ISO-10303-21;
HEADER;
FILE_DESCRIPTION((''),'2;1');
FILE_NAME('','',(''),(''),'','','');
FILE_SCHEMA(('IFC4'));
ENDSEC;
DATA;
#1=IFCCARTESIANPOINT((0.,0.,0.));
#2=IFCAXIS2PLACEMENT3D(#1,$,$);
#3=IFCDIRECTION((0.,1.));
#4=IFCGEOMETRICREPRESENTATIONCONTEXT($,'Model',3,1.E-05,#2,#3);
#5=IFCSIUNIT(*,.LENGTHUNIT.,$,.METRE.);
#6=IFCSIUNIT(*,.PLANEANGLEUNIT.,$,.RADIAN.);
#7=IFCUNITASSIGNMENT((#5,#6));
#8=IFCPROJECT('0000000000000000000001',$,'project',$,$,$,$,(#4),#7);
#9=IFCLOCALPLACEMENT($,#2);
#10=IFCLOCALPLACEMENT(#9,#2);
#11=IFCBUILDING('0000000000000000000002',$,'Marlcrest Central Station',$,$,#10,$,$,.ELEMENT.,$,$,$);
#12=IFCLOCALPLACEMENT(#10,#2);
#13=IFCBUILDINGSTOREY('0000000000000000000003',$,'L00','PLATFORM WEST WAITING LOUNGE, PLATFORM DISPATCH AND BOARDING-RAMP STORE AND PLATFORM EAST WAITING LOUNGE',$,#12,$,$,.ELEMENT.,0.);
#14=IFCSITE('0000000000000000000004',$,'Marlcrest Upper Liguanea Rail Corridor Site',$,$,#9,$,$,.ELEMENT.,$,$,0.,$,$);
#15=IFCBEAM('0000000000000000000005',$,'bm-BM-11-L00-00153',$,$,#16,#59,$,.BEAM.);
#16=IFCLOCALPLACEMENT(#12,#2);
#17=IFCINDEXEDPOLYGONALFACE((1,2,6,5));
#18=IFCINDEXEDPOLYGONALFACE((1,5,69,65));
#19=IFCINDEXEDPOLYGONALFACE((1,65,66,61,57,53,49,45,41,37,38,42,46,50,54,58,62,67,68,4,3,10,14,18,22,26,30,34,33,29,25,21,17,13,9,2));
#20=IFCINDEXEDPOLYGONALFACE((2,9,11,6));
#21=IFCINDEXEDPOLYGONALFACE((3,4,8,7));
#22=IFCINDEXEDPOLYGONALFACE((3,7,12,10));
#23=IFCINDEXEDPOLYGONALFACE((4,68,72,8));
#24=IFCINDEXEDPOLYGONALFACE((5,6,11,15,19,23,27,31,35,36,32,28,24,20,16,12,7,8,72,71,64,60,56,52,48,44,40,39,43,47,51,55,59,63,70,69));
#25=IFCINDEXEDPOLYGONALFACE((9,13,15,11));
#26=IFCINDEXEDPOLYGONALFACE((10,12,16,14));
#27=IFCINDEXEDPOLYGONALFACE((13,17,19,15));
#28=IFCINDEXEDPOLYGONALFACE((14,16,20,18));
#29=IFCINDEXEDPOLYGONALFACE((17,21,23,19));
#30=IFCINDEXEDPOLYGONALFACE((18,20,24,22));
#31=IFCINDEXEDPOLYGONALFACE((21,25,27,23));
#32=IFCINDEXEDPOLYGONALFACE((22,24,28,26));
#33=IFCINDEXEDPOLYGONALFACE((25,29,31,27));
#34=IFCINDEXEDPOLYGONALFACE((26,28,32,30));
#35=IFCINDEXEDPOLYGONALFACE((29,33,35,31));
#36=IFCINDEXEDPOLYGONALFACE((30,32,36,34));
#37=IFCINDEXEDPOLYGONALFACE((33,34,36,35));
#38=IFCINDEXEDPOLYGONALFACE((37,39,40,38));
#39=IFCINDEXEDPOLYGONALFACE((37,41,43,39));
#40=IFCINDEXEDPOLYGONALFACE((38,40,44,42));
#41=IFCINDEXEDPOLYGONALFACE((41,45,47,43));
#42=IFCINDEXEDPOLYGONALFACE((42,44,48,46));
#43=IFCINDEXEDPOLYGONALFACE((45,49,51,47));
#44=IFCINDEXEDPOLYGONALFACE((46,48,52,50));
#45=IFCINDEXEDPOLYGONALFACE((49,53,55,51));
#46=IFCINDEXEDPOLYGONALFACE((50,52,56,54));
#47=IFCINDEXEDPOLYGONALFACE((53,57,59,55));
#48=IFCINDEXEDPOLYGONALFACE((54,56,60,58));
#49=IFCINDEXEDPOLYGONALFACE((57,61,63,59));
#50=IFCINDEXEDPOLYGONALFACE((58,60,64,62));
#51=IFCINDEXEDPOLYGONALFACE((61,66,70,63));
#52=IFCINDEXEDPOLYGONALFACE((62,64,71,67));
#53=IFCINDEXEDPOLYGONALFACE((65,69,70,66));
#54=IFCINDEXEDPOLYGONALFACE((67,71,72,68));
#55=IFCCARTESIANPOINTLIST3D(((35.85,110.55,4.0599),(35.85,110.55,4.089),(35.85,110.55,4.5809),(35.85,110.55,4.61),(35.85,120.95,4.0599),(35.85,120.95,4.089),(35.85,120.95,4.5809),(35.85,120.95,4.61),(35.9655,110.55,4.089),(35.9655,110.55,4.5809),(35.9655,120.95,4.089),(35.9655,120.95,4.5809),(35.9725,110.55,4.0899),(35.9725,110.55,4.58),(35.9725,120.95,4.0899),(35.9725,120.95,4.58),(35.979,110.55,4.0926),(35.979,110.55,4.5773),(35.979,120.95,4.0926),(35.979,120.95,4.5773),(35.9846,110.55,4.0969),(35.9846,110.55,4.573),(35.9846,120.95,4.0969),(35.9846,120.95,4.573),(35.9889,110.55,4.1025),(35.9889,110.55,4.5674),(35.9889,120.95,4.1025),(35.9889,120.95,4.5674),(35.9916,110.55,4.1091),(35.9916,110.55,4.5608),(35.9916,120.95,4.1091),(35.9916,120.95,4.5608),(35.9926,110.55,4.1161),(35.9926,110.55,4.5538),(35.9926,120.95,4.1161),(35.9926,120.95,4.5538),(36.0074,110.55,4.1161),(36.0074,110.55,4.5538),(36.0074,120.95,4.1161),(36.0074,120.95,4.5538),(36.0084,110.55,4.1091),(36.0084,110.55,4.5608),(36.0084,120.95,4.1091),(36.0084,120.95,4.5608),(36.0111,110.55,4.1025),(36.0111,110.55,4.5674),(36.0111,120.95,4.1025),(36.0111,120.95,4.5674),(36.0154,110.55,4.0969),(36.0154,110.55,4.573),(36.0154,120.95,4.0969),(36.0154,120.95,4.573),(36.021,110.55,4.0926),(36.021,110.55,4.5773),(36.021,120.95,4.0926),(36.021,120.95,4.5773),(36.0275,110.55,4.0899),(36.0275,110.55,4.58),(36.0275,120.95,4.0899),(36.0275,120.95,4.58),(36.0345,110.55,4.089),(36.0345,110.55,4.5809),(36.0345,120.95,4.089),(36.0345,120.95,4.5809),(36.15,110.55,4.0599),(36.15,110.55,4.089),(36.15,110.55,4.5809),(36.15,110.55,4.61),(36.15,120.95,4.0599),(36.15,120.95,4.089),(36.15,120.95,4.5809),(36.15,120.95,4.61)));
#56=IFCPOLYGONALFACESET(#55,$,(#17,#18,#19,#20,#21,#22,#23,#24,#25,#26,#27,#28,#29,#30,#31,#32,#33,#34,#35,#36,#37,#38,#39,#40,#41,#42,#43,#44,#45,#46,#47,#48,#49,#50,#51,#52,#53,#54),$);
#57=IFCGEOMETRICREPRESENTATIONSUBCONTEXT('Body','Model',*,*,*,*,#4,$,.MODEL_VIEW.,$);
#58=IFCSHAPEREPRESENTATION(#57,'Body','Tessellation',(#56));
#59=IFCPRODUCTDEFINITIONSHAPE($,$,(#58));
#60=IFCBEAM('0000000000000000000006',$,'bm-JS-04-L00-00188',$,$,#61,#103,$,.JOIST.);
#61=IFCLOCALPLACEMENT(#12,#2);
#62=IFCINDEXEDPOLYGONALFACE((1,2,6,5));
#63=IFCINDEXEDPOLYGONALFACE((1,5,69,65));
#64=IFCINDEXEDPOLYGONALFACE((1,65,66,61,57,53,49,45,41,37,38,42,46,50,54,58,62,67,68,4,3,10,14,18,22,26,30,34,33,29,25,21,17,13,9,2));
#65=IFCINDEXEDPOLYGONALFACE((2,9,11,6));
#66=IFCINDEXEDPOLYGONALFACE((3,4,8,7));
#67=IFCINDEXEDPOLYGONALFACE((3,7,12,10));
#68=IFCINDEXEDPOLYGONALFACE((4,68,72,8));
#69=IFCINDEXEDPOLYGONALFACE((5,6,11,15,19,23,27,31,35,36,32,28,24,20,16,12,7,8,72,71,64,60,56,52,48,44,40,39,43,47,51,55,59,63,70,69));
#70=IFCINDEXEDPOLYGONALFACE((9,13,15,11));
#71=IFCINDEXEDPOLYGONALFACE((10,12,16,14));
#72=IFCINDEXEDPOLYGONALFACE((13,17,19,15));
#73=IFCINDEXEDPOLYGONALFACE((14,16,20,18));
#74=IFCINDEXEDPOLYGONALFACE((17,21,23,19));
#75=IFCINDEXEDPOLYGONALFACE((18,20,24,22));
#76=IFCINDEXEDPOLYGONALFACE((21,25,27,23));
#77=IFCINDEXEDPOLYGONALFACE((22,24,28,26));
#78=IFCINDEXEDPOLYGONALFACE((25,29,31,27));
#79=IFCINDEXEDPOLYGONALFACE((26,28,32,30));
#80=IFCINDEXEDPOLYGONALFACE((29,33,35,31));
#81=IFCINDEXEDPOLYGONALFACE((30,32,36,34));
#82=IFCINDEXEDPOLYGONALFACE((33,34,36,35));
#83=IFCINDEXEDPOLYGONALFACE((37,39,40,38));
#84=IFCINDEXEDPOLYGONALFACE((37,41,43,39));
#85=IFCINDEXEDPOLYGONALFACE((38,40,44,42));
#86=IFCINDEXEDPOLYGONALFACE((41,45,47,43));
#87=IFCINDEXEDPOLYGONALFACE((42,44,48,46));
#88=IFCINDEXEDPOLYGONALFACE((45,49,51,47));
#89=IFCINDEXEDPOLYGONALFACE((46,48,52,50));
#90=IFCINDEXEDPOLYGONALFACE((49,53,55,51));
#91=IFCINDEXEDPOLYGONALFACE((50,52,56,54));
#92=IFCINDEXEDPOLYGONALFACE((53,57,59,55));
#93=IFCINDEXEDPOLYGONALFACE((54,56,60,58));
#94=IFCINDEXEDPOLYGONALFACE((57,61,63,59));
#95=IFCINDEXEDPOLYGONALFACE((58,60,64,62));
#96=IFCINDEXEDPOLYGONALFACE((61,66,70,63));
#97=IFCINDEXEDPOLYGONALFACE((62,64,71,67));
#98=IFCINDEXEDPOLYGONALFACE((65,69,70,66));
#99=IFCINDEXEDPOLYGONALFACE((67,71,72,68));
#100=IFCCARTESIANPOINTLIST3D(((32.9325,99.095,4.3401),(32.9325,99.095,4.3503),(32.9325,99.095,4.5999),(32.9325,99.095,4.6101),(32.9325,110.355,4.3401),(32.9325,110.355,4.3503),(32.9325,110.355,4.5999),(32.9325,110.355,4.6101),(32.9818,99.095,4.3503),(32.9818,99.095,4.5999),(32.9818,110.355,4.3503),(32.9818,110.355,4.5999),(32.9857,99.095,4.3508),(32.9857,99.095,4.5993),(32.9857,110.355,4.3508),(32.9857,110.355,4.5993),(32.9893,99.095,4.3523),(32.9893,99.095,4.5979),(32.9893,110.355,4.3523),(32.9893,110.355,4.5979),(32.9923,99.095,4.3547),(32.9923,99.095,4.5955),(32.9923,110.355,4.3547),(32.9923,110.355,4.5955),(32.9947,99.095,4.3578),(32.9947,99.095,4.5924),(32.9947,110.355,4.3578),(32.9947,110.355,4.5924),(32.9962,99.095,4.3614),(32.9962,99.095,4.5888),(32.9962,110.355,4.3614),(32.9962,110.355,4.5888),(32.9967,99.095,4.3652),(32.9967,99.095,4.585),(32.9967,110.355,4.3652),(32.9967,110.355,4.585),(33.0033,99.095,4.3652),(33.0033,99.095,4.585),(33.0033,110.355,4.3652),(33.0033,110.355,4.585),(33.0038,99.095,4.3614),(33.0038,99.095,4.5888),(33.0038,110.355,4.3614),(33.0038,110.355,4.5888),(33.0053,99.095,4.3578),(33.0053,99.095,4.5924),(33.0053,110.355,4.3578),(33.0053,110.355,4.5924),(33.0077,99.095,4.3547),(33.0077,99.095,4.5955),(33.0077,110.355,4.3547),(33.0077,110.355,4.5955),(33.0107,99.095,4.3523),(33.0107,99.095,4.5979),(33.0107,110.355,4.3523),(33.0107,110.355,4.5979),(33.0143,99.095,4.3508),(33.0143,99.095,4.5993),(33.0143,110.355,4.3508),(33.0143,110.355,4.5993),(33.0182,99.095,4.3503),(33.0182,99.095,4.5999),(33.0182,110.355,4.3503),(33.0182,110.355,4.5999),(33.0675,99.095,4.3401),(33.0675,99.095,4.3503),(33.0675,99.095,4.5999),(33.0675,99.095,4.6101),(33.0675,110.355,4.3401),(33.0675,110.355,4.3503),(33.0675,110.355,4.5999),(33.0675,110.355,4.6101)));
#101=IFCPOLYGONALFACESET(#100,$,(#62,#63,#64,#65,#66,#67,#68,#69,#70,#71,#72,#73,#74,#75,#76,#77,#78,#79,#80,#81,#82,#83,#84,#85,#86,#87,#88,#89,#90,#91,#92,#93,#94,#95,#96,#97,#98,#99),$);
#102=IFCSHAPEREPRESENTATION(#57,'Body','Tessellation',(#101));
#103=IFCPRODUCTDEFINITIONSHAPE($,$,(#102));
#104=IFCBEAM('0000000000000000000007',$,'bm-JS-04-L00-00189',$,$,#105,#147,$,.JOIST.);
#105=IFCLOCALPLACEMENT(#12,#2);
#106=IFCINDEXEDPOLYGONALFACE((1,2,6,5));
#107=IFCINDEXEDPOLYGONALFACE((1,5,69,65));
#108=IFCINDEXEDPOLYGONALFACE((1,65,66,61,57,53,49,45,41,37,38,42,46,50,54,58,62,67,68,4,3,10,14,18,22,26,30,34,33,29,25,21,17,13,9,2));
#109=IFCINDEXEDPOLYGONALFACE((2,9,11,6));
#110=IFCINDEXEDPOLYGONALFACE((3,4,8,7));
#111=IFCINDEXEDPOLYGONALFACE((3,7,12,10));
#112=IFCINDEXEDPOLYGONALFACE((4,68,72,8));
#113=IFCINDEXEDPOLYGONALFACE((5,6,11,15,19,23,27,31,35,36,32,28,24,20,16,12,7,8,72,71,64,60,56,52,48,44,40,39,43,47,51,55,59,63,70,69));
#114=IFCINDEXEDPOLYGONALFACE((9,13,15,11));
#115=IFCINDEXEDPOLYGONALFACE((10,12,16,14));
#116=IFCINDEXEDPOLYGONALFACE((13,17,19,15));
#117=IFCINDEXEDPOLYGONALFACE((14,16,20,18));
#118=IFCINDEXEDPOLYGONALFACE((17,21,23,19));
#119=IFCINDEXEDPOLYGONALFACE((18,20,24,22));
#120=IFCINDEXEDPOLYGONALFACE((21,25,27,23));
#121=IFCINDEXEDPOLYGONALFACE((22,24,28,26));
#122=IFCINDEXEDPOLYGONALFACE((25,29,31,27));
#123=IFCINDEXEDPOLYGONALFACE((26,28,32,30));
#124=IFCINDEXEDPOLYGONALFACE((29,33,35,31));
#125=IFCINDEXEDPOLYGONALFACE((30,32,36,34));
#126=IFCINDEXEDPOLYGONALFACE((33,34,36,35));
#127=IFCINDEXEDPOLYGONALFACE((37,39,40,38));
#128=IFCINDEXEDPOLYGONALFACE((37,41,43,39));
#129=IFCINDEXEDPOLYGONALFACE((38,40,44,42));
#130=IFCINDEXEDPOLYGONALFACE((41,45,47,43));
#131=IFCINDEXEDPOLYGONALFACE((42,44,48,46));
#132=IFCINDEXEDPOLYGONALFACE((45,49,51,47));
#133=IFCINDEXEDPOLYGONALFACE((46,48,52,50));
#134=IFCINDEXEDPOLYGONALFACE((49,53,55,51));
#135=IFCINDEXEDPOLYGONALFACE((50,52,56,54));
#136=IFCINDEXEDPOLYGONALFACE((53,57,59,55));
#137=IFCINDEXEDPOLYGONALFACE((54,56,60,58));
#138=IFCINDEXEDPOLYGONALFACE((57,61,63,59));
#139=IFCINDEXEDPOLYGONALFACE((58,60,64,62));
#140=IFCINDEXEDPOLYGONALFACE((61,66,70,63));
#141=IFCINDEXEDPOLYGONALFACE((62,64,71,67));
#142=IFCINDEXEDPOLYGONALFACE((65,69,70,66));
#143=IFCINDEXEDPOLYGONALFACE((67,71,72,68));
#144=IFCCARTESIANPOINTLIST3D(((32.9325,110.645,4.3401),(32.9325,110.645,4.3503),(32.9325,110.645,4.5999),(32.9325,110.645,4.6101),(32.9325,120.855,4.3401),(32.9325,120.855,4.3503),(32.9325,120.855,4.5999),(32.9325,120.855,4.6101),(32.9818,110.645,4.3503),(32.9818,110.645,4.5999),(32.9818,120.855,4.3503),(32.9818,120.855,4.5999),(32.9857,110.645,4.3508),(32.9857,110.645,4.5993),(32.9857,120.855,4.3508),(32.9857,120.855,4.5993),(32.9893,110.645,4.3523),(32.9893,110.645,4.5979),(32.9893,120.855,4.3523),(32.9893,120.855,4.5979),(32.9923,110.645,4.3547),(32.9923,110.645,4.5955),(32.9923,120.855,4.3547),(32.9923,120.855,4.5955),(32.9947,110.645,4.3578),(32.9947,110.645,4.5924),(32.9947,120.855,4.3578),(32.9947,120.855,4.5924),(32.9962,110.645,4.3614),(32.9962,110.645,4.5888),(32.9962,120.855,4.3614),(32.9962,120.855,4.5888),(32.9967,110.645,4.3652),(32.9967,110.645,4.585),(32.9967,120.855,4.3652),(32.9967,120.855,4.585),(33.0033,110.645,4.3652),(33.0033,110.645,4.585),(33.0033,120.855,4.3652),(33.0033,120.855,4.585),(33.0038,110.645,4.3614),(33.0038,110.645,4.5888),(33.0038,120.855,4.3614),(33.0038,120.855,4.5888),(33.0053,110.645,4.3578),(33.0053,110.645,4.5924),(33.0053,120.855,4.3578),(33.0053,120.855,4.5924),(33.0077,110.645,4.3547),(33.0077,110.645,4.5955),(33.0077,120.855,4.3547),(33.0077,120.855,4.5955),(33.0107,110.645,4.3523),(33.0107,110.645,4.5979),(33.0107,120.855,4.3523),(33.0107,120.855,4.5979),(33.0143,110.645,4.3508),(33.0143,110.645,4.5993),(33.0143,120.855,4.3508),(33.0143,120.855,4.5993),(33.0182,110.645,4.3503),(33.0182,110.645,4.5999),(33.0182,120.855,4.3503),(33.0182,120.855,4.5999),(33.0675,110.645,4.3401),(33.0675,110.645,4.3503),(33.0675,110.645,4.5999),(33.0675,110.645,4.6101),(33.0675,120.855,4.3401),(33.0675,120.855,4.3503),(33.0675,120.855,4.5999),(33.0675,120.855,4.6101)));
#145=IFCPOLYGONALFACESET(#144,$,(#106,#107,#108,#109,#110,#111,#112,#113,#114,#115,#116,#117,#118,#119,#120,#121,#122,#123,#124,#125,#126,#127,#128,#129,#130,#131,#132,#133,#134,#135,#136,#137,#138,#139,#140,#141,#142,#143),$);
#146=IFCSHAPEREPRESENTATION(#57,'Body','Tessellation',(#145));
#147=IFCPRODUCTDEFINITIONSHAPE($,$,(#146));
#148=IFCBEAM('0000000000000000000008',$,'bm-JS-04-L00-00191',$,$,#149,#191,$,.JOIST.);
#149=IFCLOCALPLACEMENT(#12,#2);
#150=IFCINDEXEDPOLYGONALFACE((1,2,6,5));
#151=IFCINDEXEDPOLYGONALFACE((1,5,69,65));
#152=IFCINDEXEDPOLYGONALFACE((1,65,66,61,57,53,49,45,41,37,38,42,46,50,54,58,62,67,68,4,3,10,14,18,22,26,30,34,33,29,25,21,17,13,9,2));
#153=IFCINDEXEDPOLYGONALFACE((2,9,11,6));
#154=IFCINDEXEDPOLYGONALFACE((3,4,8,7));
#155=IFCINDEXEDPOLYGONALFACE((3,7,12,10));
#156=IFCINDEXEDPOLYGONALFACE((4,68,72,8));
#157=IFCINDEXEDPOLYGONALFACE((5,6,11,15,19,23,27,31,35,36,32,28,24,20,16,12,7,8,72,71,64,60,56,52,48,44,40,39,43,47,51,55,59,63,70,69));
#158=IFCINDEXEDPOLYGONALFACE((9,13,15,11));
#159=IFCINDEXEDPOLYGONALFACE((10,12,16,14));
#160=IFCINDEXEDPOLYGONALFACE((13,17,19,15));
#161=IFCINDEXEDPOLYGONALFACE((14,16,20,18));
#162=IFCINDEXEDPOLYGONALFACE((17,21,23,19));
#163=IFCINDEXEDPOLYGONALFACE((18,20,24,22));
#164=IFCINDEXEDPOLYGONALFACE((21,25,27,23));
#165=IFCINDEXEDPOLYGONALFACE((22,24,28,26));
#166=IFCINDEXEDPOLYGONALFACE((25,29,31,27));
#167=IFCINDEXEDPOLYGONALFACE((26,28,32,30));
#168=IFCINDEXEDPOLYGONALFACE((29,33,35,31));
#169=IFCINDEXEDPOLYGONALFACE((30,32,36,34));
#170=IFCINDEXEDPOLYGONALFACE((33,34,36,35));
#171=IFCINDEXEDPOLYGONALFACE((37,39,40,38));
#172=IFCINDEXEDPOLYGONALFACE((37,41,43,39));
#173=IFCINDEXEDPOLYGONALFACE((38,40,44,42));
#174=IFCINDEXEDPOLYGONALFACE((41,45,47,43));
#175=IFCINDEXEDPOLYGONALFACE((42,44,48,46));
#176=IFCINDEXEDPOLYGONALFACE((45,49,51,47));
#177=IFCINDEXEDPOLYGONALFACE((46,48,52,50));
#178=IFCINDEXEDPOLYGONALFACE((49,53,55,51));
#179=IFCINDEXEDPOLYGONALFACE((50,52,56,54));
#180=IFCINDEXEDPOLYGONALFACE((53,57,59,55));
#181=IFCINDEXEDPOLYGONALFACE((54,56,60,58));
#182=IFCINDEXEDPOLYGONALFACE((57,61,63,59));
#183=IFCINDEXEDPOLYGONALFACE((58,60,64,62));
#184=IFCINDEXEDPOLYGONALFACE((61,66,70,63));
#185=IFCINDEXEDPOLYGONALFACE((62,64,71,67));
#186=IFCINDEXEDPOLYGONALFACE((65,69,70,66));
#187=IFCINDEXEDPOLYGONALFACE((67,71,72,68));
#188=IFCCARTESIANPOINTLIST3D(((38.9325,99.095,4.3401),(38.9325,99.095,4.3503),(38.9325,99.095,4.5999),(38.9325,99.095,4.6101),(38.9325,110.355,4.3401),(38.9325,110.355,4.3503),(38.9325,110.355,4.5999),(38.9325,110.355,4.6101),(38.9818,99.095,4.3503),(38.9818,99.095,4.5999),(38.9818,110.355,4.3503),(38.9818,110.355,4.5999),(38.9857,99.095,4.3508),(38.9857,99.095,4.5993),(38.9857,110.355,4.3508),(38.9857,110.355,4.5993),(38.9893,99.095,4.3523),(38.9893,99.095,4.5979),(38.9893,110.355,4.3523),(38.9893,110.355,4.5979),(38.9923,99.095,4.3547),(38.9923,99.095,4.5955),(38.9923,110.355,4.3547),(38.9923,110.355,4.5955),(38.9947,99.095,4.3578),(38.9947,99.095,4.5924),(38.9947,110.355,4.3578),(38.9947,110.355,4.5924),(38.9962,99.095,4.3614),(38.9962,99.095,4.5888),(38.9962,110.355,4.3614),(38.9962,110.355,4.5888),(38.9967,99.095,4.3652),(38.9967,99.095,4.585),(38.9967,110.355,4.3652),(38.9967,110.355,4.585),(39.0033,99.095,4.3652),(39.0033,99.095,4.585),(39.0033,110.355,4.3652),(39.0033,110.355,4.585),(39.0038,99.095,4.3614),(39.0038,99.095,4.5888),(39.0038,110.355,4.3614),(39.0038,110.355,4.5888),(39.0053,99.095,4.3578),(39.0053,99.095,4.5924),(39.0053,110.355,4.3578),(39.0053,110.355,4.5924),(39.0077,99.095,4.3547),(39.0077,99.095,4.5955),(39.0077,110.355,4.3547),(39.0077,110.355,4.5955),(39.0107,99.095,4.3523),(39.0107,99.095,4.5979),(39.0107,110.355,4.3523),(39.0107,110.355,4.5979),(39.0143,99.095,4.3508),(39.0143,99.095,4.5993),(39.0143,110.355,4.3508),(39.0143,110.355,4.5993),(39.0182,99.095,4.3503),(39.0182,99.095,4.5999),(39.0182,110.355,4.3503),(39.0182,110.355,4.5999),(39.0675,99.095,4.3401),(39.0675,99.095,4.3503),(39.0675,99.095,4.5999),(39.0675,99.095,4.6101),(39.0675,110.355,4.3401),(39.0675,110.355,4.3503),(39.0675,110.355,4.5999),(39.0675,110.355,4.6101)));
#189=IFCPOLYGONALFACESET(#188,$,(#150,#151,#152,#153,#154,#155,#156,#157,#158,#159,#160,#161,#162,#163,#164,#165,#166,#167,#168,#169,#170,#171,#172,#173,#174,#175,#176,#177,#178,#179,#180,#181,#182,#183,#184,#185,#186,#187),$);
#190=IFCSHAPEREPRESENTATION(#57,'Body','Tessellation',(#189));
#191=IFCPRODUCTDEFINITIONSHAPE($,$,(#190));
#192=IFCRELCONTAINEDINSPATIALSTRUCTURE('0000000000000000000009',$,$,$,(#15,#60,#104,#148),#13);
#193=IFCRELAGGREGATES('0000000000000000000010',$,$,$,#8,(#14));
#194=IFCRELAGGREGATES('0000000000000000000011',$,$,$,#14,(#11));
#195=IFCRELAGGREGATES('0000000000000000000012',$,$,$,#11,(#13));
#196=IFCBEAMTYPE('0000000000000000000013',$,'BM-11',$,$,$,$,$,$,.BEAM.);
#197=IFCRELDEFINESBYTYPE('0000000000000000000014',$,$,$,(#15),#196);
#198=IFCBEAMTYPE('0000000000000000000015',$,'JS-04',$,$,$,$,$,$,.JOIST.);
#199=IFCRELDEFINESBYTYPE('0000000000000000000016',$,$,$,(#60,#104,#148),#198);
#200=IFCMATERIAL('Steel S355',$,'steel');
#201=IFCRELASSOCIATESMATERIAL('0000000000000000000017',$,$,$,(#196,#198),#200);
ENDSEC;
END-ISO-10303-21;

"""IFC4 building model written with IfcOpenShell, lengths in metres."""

from ifc_helpers import new_model, si_unit, direction, frame, origin, origin_2d, place, context, subcontext, project, spatial, i_section, extrude, material, material_profile, profile_set, type_object, element, save


model = new_model("IFC4")

# Units and contexts
model_context = context("Model", 3, precision=1e-05, world=origin(), true_north=direction((0.0, 1.0)))
body_context = subcontext(model_context, "Body", "Model", "MODEL_VIEW")
ifc_project = project(units=[si_unit("LENGTHUNIT", "METRE"), si_unit("PLANEANGLEUNIT", "RADIAN")], contexts=[model_context])

# Site, building, storey
site_placement = place(None, origin())
site = spatial("IfcSite", under=ifc_project, at=site_placement, Name="Marlcrest Upper Liguanea Rail Corridor Site", CompositionType="ELEMENT", RefElevation=0.0)
building_placement = place(site_placement, origin())
building = spatial("IfcBuilding", under=site, at=building_placement, Name="Marlcrest Central Station", CompositionType="ELEMENT")
storey_placement = place(building_placement, origin())
storey = spatial("IfcBuildingStorey", under=building, at=storey_placement, Name="L00", Description="PLATFORM WEST WAITING LOUNGE, PLATFORM DISPATCH AND BOARDING-RAMP STORE AND PLATFORM EAST WAITING LOUNGE", CompositionType="ELEMENT", Elevation=0.0)

# Shared definitions
ifc_material_1 = material(Name="Steel S355", Category="steel")

# Beams
ifc_material_profile_1 = material_profile(ifc_material_1, i_section(OverallWidth=0.3, OverallDepth=0.55, WebThickness=0.0149, FlangeThickness=0.0291, FilletRadius=0.0271, at=origin_2d()), Name="HEB 550")
ifc_profile_set_1 = profile_set([ifc_material_profile_1], Name="Steel S355")
beam_type_1 = type_object("IfcBeamType", Name="BM-11", PredefinedType="BEAM", material=ifc_profile_set_1)
beam_1_placement = place(storey_placement, frame((36.0, 110.55, 4.335), z_axis=(0.0, 1.0, 0.0), x_axis=(-1.0, 0.0, 0.0)))
element("IfcBeam", 1, at=beam_1_placement, inside=storey, type_object=beam_type_1, Name="bm-BM-11-L00-00153", PredefinedType="BEAM", context=body_context, shape_type="SweptSolid", body=[
    extrude(i_section(OverallWidth=0.3, OverallDepth=0.55, WebThickness=0.0149, FlangeThickness=0.0291, FilletRadius=0.0271, at=origin_2d()), origin(), (0.0, 0.0, 1.0), 10.3999),
])
ifc_material_profile_2 = material_profile(ifc_material_1, i_section(OverallWidth=0.135, OverallDepth=0.27, WebThickness=0.0066, FlangeThickness=0.0103, FilletRadius=0.0149, at=origin_2d()), Name="IPE 270")
ifc_profile_set_2 = profile_set([ifc_material_profile_2], Name="Steel S355")
beam_type_2 = type_object("IfcBeamType", Name="JS-04", PredefinedType="JOIST", material=ifc_profile_set_2)
beam_2_placement = place(storey_placement, frame((33.0, 99.095, 4.4751), z_axis=(0.0, 1.0, 0.0), x_axis=(-1.0, 0.0, 0.0)))
element("IfcBeam", 2, at=beam_2_placement, inside=storey, type_object=beam_type_2, Name="bm-JS-04-L00-00188", PredefinedType="JOIST", context=body_context, shape_type="SweptSolid", body=[
    extrude(i_section(OverallWidth=0.135, OverallDepth=0.27, WebThickness=0.0066, FlangeThickness=0.0103, FilletRadius=0.0149, at=origin_2d()), origin(), (0.0, 0.0, 1.0), 11.26),
])
beam_3_placement = place(storey_placement, frame((33.0, 110.645, 4.4751), z_axis=(0.0, 1.0, 0.0), x_axis=(-1.0, 0.0, 0.0)))
element("IfcBeam", 3, at=beam_3_placement, inside=storey, type_object=beam_type_2, Name="bm-JS-04-L00-00189", PredefinedType="JOIST", context=body_context, shape_type="SweptSolid", body=[
    extrude(i_section(OverallWidth=0.135, OverallDepth=0.27, WebThickness=0.0066, FlangeThickness=0.0103, FilletRadius=0.0149, at=origin_2d()), origin(), (0.0, 0.0, 1.0), 10.21),
])
beam_4_placement = place(storey_placement, frame((39.0, 99.095, 4.4751), z_axis=(0.0, 1.0, 0.0), x_axis=(-1.0, 0.0, 0.0)))
element("IfcBeam", 4, at=beam_4_placement, inside=storey, type_object=beam_type_2, Name="bm-JS-04-L00-00191", PredefinedType="JOIST", context=body_context, shape_type="SweptSolid", body=[
    extrude(i_section(OverallWidth=0.135, OverallDepth=0.27, WebThickness=0.0066, FlangeThickness=0.0103, FilletRadius=0.0149, at=origin_2d()), origin(), (0.0, 0.0, 1.0), 11.26),
])

save(model, "model.ifc")
